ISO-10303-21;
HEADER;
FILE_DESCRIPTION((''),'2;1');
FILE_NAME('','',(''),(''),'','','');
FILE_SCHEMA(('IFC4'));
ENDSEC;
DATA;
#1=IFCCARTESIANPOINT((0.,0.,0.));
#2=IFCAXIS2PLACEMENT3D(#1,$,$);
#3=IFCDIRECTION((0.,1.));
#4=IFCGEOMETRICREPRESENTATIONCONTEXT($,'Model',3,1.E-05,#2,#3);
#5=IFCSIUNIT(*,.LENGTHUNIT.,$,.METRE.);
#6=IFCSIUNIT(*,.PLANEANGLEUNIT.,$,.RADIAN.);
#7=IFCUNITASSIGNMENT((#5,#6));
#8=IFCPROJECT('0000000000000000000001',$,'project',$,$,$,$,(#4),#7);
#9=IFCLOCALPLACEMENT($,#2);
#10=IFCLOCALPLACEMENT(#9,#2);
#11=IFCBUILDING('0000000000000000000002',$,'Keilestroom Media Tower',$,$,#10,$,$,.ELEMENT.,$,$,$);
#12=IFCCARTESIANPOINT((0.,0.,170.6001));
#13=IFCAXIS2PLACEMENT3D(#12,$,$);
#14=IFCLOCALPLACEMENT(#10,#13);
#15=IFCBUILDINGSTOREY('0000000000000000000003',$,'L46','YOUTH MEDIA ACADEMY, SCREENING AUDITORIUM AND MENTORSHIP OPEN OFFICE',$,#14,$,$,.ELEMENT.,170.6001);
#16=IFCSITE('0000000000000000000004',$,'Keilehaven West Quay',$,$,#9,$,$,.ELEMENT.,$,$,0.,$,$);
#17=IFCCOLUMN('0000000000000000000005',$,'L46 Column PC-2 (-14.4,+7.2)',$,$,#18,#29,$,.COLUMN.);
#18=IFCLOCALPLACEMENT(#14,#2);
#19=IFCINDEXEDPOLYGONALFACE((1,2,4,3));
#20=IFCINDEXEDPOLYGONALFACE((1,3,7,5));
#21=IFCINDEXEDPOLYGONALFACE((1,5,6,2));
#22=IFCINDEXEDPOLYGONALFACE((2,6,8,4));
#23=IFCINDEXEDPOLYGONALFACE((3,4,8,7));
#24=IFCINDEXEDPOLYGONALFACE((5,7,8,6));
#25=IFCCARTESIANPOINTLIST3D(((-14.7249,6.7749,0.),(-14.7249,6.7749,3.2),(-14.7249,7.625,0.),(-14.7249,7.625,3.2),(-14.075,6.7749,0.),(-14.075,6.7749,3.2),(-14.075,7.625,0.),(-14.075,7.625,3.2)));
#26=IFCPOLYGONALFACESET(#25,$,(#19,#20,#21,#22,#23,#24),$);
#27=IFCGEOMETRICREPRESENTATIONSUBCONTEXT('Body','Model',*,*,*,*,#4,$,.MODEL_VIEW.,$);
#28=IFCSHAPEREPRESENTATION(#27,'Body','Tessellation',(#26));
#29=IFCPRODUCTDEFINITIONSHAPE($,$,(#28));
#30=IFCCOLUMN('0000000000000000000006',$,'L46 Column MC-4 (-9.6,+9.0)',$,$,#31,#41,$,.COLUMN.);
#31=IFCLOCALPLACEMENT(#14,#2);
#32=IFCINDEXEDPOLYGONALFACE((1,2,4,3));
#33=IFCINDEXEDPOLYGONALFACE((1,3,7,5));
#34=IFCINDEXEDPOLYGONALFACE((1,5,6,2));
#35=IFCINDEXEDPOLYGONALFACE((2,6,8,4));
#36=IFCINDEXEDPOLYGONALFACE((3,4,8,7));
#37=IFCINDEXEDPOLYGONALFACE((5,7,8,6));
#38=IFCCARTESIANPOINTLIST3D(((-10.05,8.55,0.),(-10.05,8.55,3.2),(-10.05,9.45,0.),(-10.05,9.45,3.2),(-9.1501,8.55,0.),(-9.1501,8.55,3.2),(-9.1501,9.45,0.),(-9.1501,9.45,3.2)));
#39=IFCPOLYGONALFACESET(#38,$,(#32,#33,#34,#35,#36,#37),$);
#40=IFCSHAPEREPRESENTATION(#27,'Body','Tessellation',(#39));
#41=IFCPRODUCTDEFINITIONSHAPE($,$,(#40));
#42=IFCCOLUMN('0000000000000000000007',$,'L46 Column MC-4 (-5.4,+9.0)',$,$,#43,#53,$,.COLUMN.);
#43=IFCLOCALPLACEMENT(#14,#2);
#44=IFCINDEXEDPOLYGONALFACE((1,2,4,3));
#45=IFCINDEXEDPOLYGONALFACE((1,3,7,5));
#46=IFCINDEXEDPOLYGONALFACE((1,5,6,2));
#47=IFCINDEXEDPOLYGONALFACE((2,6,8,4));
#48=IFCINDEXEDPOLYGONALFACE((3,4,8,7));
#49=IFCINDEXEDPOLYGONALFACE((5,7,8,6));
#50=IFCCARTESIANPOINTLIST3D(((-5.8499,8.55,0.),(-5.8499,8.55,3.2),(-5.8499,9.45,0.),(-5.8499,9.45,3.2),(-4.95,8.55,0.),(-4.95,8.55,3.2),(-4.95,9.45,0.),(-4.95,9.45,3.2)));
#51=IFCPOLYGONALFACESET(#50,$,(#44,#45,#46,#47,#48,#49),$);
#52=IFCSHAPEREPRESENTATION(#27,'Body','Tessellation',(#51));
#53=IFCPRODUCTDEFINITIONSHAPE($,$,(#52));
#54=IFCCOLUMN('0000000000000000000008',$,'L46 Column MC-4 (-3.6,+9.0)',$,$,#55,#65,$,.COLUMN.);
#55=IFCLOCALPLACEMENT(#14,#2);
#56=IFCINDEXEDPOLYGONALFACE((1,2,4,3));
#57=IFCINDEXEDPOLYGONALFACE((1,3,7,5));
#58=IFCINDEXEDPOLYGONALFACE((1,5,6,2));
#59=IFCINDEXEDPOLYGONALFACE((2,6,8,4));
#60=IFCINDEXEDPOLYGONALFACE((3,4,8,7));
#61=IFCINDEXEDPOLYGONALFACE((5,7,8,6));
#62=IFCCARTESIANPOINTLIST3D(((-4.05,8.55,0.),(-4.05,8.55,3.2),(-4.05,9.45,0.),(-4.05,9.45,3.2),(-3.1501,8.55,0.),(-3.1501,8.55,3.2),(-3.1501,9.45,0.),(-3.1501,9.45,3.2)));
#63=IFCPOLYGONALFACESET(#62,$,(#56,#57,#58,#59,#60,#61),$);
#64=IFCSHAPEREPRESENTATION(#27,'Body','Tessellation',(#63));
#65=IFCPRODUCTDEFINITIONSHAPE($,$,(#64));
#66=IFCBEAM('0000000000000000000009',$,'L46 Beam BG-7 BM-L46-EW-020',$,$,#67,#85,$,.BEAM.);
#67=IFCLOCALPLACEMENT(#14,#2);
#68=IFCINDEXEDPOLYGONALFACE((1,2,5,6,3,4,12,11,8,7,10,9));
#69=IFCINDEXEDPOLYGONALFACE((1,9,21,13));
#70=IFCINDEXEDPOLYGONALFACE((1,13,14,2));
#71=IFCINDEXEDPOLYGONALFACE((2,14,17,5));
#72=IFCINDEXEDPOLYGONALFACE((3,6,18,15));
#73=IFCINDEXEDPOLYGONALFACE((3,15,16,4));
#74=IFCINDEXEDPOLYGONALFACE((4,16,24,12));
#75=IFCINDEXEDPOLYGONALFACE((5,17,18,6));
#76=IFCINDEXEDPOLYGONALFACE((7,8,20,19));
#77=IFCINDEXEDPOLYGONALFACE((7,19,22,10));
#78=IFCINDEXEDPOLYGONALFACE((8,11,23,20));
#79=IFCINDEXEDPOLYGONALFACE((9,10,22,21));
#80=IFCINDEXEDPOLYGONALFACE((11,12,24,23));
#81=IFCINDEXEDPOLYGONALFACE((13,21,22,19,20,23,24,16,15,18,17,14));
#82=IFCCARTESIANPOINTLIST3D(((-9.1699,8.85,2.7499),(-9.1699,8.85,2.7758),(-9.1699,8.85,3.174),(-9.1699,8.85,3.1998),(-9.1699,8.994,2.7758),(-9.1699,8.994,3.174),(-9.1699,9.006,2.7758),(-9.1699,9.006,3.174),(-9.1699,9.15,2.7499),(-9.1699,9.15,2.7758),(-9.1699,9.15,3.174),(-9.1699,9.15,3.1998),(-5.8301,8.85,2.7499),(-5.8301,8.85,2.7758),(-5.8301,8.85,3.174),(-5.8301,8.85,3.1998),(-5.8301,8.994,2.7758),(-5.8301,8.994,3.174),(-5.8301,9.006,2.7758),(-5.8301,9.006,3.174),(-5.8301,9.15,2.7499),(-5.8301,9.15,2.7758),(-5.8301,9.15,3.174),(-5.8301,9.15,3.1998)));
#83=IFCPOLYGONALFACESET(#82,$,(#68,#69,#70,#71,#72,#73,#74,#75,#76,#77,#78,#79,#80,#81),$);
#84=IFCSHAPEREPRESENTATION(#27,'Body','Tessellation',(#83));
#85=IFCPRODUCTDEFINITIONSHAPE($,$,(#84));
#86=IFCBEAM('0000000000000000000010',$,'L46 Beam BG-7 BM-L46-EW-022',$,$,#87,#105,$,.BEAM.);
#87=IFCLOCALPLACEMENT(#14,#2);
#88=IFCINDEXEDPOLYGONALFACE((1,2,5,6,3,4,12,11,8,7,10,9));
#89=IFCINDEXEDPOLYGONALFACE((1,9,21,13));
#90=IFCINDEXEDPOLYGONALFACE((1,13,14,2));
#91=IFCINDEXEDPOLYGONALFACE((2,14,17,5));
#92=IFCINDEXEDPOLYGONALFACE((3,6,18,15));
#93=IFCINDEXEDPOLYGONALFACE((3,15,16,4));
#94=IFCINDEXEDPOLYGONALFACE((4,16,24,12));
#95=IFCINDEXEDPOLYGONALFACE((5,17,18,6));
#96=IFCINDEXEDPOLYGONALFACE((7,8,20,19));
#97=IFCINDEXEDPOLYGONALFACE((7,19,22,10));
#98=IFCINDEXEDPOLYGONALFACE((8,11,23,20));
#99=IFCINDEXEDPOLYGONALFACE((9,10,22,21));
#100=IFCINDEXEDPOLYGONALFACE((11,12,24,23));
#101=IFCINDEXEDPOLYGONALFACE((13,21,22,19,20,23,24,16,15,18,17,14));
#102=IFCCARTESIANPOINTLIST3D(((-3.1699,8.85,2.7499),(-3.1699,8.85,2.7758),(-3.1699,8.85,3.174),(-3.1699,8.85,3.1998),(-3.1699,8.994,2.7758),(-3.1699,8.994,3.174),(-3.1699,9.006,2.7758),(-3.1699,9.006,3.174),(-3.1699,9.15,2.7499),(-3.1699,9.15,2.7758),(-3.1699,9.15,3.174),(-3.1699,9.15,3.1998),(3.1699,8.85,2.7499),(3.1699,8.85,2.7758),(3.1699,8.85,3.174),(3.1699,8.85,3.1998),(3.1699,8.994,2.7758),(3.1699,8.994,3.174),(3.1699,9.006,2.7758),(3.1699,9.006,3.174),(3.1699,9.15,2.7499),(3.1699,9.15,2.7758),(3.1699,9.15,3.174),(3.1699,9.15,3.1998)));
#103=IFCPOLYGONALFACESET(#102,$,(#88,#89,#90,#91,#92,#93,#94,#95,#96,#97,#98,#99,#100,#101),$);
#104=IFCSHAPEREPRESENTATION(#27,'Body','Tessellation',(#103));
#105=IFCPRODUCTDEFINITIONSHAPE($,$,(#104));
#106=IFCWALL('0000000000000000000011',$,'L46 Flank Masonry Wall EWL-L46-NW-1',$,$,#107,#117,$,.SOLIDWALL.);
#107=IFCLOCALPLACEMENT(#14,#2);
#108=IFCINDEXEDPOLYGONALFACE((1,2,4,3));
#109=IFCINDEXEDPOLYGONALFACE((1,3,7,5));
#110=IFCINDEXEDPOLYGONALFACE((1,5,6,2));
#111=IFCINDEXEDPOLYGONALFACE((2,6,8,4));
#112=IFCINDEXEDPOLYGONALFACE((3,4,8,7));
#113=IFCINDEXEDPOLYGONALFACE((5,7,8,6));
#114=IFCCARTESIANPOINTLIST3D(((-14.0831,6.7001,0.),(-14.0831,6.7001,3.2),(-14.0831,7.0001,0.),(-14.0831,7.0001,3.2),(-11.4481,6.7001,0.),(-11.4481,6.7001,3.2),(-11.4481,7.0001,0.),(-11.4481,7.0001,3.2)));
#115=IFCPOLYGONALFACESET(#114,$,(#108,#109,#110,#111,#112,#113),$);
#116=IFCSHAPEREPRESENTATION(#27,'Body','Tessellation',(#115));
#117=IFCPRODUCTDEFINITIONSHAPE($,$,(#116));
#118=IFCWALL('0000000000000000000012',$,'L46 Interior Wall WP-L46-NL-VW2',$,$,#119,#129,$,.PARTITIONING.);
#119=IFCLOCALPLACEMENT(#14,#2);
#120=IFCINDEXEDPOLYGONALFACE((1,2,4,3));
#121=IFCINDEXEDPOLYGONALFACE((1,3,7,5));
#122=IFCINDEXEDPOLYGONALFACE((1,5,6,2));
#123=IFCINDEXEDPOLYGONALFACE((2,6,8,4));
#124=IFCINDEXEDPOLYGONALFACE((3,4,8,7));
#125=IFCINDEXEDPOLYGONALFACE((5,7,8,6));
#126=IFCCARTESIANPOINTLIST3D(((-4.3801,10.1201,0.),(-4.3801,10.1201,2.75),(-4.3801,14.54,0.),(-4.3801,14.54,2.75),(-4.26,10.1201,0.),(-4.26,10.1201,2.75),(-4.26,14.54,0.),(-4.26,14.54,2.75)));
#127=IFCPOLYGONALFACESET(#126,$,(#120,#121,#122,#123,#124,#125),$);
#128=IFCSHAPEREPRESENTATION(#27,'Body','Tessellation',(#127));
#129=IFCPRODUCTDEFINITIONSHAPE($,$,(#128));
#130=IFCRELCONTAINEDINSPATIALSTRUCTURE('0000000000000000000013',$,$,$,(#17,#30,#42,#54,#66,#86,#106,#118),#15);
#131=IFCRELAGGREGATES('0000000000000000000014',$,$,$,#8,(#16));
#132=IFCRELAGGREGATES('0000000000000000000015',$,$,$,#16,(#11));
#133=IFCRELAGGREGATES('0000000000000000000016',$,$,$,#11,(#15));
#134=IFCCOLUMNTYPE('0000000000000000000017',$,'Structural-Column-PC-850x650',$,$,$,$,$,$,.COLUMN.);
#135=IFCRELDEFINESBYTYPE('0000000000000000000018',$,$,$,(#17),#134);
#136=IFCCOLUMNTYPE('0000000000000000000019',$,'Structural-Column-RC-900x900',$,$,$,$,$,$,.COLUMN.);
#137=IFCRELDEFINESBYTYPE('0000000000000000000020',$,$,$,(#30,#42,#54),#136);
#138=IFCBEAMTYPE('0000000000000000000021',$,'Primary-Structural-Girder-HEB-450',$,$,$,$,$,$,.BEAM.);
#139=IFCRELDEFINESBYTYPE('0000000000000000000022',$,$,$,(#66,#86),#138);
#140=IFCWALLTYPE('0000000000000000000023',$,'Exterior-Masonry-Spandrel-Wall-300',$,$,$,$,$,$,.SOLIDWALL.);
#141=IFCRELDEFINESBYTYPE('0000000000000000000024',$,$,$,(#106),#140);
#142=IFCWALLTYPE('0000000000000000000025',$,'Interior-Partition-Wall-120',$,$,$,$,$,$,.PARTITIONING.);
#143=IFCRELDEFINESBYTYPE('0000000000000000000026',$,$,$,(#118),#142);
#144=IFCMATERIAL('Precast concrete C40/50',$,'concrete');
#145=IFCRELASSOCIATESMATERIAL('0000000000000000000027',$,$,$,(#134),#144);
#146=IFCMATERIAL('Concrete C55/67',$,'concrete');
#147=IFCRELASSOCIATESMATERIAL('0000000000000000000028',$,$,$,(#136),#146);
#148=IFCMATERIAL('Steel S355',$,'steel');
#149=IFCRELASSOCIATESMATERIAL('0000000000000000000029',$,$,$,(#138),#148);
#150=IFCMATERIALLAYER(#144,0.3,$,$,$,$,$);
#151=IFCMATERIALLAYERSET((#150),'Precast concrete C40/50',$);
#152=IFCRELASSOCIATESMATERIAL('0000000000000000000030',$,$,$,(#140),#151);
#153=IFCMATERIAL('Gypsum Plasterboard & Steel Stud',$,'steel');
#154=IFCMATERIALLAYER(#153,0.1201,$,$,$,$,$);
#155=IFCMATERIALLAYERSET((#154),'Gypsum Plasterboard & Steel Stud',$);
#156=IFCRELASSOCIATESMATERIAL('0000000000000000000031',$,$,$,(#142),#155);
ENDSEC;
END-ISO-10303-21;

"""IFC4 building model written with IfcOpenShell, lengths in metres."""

from ifc_helpers import new_model, si_unit, direction, frame, frame_2d, origin, origin_2d, place, context, subcontext, project, spatial, rectangle, i_section, extrude, source, transform, mapped, material, layer, layer_set, material_profile, profile_set, type_object, element, save


model = new_model("IFC4")

# Units and contexts
model_context = context("Model", 3, precision=1e-05, world=origin(), true_north=direction((0.0, 1.0)))
body_context = subcontext(model_context, "Body", "Model", "MODEL_VIEW")
ifc_project = project(units=[si_unit("LENGTHUNIT", "METRE"), si_unit("PLANEANGLEUNIT", "RADIAN")], contexts=[model_context])

# Site, building, storey
site_placement = place(None, origin())
site = spatial("IfcSite", under=ifc_project, at=site_placement, Name="Keilehaven West Quay", CompositionType="ELEMENT", RefElevation=0.0)
building_placement = place(site_placement, origin())
building = spatial("IfcBuilding", under=site, at=building_placement, Name="Keilestroom Media Tower", CompositionType="ELEMENT")
storey_placement = place(building_placement, frame((0.0, 0.0, 170.6001)))
storey = spatial("IfcBuildingStorey", under=building, at=storey_placement, Name="L46", Description="YOUTH MEDIA ACADEMY, SCREENING AUDITORIUM AND MENTORSHIP OPEN OFFICE", CompositionType="ELEMENT", Elevation=170.6001)

# Columns
ifc_material_1 = material(Name="Precast concrete C40/50", Category="concrete")
ifc_material_profile_1 = material_profile(ifc_material_1, rectangle(XDim=0.6499, YDim=0.8501, at=origin_2d()), Name="PC 850x650")
ifc_profile_set_1 = profile_set([ifc_material_profile_1], Name="Precast concrete C40/50")
column_type_1 = type_object("IfcColumnType", Name="Structural-Column-PC-850x650", PredefinedType="COLUMN", material=ifc_profile_set_1)
shared_shape_1 = source(origin(), body_context, "Body", "SweptSolid", [
    extrude(rectangle(XDim=0.6499, YDim=0.8501, at=origin_2d()), origin(), (0.0, 0.0, 1.0), 3.2),
])
column_placement = place(storey_placement, frame((-14.3999, 7.2, 0.0), z_axis=(0.0, 0.0, 1.0), x_axis=(1.0, 0.0, 0.0)))
element("IfcColumn", 1, at=column_placement, inside=storey, type_object=column_type_1, Name="L46 Column PC-2 (-14.4,+7.2)", PredefinedType="COLUMN", context=body_context, shape_type="MappedRepresentation", body=[
    mapped(shared_shape_1, transform((0.0, 0.0, 0.0), x_axis=(1.0, 0.0, 0.0), y_axis=(0.0, 1.0, 0.0), z_axis=(0.0, 0.0, 1.0), scale=1.0)),
])
ifc_material_2 = material(Name="Concrete C55/67", Category="concrete")
ifc_material_profile_2 = material_profile(ifc_material_2, rectangle(XDim=0.8999, YDim=0.8999, at=origin_2d()), Name="RC 900x900")
ifc_profile_set_2 = profile_set([ifc_material_profile_2], Name="Concrete C55/67")
column_type_2 = type_object("IfcColumnType", Name="Structural-Column-RC-900x900", PredefinedType="COLUMN", material=ifc_profile_set_2)
shared_shape_2 = source(origin(), body_context, "Body", "SweptSolid", [
    extrude(rectangle(XDim=0.8999, YDim=0.8999, at=origin_2d()), origin(), (0.0, 0.0, 1.0), 3.2),
])
for number, where, z_axis, x_axis, name in (
    (2, (-9.6001, 9.0, 0.0), (0.0, 0.0, 1.0), (1.0, 0.0, 0.0), "L46 Column MC-4 (-9.6,+9.0)"),
    (3, (-5.3999, 9.0, 0.0), (0.0, 0.0, 1.0), (1.0, 0.0, 0.0), "L46 Column MC-4 (-5.4,+9.0)"),
    (4, (-3.6001, 9.0, 0.0), (0.0, 0.0, 1.0), (1.0, 0.0, 0.0), "L46 Column MC-4 (-3.6,+9.0)"),
):
    element("IfcColumn", number, at=place(storey_placement, frame(where, z_axis=z_axis, x_axis=x_axis)), inside=storey, type_object=column_type_2, Name=name, PredefinedType="COLUMN", context=body_context, shape_type="MappedRepresentation", body=[
        mapped(shared_shape_2, transform((0.0, 0.0, 0.0), x_axis=(1.0, 0.0, 0.0), y_axis=(0.0, 1.0, 0.0), z_axis=(0.0, 0.0, 1.0), scale=1.0)),
    ])

# Beams
ifc_material_3 = material(Name="Steel S355", Category="steel")
ifc_material_profile_3 = material_profile(ifc_material_3, i_section(OverallWidth=0.3, OverallDepth=0.45, WebThickness=0.012, FlangeThickness=0.0259, at=origin_2d()), Name="HEB 450")
ifc_profile_set_3 = profile_set([ifc_material_profile_3], Name="Steel S355")
beam_type = type_object("IfcBeamType", Name="Primary-Structural-Girder-HEB-450", PredefinedType="BEAM", material=ifc_profile_set_3)
shared_shape_3 = source(origin(), body_context, "Body", "SweptSolid", [
    extrude(i_section(OverallWidth=0.3, OverallDepth=0.45, WebThickness=0.012, FlangeThickness=0.0259, at=origin_2d()), origin(), (0.0, 0.0, 1.0), 3.3398),
])
beam_1_placement = place(storey_placement, frame((-9.1699, 9.0, 2.9749), z_axis=(1.0, 0.0, 0.0), x_axis=(0.0, 1.0, 0.0)))
element("IfcBeam", 5, at=beam_1_placement, inside=storey, type_object=beam_type, Name="L46 Beam BG-7 BM-L46-EW-020", PredefinedType="BEAM", context=body_context, shape_type="MappedRepresentation", body=[
    mapped(shared_shape_3, transform((0.0, 0.0, 0.0), x_axis=(1.0, 0.0, 0.0), y_axis=(0.0, 1.0, 0.0), z_axis=(0.0, 0.0, 1.0), scale=1.0)),
])
shared_shape_4 = source(origin(), body_context, "Body", "SweptSolid", [
    extrude(i_section(OverallWidth=0.3, OverallDepth=0.45, WebThickness=0.012, FlangeThickness=0.0259, at=origin_2d()), origin(), (0.0, 0.0, 1.0), 6.3398),
])
beam_2_placement = place(storey_placement, frame((-3.1699, 9.0, 2.9749), z_axis=(1.0, 0.0, 0.0), x_axis=(0.0, 1.0, 0.0)))
element("IfcBeam", 6, at=beam_2_placement, inside=storey, type_object=beam_type, Name="L46 Beam BG-7 BM-L46-EW-022", PredefinedType="BEAM", context=body_context, shape_type="MappedRepresentation", body=[
    mapped(shared_shape_4, transform((0.0, 0.0, 0.0), x_axis=(1.0, 0.0, 0.0), y_axis=(0.0, 1.0, 0.0), z_axis=(0.0, 0.0, 1.0), scale=1.0)),
])

# Walls
ifc_layer_1 = layer(ifc_material_1, 0.3)
ifc_layer_set_1 = layer_set([ifc_layer_1], Name="Precast concrete C40/50")
wall_type_1 = type_object("IfcWallType", Name="Exterior-Masonry-Spandrel-Wall-300", PredefinedType="SOLIDWALL", material=ifc_layer_set_1)
wall_1_placement = place(storey_placement, frame((-14.083, 6.8501, 0.0), z_axis=(0.0, 0.0, 1.0), x_axis=(1.0, 0.0, 0.0)))
element("IfcWall", 7, at=wall_1_placement, inside=storey, type_object=wall_type_1, Name="L46 Flank Masonry Wall EWL-L46-NW-1", PredefinedType="SOLIDWALL", context=body_context, shape_type="SweptSolid", body=[
    extrude(rectangle(XDim=2.635, YDim=0.3, at=frame_2d((1.3174, 0.0))), origin(), (0.0, 0.0, 1.0), 3.2),
])
ifc_material_4 = material(Name="Gypsum Plasterboard & Steel Stud", Category="steel")
ifc_layer_2 = layer(ifc_material_4, 0.1201)
ifc_layer_set_2 = layer_set([ifc_layer_2], Name="Gypsum Plasterboard & Steel Stud")
wall_type_2 = type_object("IfcWallType", Name="Interior-Partition-Wall-120", PredefinedType="PARTITIONING", material=ifc_layer_set_2)
wall_2_placement = place(storey_placement, frame((-4.3201, 10.1201, 0.0), z_axis=(0.0, 0.0, 1.0), x_axis=(0.0, 1.0, 0.0)))
element("IfcWall", 8, at=wall_2_placement, inside=storey, type_object=wall_type_2, Name="L46 Interior Wall WP-L46-NL-VW2", PredefinedType="PARTITIONING", context=body_context, shape_type="SweptSolid", body=[
    extrude(rectangle(XDim=4.4199, YDim=0.1201, at=frame_2d((2.21, 0.0))), origin(), (0.0, 0.0, 1.0), 2.75),
])

save(model, "model.ifc")
